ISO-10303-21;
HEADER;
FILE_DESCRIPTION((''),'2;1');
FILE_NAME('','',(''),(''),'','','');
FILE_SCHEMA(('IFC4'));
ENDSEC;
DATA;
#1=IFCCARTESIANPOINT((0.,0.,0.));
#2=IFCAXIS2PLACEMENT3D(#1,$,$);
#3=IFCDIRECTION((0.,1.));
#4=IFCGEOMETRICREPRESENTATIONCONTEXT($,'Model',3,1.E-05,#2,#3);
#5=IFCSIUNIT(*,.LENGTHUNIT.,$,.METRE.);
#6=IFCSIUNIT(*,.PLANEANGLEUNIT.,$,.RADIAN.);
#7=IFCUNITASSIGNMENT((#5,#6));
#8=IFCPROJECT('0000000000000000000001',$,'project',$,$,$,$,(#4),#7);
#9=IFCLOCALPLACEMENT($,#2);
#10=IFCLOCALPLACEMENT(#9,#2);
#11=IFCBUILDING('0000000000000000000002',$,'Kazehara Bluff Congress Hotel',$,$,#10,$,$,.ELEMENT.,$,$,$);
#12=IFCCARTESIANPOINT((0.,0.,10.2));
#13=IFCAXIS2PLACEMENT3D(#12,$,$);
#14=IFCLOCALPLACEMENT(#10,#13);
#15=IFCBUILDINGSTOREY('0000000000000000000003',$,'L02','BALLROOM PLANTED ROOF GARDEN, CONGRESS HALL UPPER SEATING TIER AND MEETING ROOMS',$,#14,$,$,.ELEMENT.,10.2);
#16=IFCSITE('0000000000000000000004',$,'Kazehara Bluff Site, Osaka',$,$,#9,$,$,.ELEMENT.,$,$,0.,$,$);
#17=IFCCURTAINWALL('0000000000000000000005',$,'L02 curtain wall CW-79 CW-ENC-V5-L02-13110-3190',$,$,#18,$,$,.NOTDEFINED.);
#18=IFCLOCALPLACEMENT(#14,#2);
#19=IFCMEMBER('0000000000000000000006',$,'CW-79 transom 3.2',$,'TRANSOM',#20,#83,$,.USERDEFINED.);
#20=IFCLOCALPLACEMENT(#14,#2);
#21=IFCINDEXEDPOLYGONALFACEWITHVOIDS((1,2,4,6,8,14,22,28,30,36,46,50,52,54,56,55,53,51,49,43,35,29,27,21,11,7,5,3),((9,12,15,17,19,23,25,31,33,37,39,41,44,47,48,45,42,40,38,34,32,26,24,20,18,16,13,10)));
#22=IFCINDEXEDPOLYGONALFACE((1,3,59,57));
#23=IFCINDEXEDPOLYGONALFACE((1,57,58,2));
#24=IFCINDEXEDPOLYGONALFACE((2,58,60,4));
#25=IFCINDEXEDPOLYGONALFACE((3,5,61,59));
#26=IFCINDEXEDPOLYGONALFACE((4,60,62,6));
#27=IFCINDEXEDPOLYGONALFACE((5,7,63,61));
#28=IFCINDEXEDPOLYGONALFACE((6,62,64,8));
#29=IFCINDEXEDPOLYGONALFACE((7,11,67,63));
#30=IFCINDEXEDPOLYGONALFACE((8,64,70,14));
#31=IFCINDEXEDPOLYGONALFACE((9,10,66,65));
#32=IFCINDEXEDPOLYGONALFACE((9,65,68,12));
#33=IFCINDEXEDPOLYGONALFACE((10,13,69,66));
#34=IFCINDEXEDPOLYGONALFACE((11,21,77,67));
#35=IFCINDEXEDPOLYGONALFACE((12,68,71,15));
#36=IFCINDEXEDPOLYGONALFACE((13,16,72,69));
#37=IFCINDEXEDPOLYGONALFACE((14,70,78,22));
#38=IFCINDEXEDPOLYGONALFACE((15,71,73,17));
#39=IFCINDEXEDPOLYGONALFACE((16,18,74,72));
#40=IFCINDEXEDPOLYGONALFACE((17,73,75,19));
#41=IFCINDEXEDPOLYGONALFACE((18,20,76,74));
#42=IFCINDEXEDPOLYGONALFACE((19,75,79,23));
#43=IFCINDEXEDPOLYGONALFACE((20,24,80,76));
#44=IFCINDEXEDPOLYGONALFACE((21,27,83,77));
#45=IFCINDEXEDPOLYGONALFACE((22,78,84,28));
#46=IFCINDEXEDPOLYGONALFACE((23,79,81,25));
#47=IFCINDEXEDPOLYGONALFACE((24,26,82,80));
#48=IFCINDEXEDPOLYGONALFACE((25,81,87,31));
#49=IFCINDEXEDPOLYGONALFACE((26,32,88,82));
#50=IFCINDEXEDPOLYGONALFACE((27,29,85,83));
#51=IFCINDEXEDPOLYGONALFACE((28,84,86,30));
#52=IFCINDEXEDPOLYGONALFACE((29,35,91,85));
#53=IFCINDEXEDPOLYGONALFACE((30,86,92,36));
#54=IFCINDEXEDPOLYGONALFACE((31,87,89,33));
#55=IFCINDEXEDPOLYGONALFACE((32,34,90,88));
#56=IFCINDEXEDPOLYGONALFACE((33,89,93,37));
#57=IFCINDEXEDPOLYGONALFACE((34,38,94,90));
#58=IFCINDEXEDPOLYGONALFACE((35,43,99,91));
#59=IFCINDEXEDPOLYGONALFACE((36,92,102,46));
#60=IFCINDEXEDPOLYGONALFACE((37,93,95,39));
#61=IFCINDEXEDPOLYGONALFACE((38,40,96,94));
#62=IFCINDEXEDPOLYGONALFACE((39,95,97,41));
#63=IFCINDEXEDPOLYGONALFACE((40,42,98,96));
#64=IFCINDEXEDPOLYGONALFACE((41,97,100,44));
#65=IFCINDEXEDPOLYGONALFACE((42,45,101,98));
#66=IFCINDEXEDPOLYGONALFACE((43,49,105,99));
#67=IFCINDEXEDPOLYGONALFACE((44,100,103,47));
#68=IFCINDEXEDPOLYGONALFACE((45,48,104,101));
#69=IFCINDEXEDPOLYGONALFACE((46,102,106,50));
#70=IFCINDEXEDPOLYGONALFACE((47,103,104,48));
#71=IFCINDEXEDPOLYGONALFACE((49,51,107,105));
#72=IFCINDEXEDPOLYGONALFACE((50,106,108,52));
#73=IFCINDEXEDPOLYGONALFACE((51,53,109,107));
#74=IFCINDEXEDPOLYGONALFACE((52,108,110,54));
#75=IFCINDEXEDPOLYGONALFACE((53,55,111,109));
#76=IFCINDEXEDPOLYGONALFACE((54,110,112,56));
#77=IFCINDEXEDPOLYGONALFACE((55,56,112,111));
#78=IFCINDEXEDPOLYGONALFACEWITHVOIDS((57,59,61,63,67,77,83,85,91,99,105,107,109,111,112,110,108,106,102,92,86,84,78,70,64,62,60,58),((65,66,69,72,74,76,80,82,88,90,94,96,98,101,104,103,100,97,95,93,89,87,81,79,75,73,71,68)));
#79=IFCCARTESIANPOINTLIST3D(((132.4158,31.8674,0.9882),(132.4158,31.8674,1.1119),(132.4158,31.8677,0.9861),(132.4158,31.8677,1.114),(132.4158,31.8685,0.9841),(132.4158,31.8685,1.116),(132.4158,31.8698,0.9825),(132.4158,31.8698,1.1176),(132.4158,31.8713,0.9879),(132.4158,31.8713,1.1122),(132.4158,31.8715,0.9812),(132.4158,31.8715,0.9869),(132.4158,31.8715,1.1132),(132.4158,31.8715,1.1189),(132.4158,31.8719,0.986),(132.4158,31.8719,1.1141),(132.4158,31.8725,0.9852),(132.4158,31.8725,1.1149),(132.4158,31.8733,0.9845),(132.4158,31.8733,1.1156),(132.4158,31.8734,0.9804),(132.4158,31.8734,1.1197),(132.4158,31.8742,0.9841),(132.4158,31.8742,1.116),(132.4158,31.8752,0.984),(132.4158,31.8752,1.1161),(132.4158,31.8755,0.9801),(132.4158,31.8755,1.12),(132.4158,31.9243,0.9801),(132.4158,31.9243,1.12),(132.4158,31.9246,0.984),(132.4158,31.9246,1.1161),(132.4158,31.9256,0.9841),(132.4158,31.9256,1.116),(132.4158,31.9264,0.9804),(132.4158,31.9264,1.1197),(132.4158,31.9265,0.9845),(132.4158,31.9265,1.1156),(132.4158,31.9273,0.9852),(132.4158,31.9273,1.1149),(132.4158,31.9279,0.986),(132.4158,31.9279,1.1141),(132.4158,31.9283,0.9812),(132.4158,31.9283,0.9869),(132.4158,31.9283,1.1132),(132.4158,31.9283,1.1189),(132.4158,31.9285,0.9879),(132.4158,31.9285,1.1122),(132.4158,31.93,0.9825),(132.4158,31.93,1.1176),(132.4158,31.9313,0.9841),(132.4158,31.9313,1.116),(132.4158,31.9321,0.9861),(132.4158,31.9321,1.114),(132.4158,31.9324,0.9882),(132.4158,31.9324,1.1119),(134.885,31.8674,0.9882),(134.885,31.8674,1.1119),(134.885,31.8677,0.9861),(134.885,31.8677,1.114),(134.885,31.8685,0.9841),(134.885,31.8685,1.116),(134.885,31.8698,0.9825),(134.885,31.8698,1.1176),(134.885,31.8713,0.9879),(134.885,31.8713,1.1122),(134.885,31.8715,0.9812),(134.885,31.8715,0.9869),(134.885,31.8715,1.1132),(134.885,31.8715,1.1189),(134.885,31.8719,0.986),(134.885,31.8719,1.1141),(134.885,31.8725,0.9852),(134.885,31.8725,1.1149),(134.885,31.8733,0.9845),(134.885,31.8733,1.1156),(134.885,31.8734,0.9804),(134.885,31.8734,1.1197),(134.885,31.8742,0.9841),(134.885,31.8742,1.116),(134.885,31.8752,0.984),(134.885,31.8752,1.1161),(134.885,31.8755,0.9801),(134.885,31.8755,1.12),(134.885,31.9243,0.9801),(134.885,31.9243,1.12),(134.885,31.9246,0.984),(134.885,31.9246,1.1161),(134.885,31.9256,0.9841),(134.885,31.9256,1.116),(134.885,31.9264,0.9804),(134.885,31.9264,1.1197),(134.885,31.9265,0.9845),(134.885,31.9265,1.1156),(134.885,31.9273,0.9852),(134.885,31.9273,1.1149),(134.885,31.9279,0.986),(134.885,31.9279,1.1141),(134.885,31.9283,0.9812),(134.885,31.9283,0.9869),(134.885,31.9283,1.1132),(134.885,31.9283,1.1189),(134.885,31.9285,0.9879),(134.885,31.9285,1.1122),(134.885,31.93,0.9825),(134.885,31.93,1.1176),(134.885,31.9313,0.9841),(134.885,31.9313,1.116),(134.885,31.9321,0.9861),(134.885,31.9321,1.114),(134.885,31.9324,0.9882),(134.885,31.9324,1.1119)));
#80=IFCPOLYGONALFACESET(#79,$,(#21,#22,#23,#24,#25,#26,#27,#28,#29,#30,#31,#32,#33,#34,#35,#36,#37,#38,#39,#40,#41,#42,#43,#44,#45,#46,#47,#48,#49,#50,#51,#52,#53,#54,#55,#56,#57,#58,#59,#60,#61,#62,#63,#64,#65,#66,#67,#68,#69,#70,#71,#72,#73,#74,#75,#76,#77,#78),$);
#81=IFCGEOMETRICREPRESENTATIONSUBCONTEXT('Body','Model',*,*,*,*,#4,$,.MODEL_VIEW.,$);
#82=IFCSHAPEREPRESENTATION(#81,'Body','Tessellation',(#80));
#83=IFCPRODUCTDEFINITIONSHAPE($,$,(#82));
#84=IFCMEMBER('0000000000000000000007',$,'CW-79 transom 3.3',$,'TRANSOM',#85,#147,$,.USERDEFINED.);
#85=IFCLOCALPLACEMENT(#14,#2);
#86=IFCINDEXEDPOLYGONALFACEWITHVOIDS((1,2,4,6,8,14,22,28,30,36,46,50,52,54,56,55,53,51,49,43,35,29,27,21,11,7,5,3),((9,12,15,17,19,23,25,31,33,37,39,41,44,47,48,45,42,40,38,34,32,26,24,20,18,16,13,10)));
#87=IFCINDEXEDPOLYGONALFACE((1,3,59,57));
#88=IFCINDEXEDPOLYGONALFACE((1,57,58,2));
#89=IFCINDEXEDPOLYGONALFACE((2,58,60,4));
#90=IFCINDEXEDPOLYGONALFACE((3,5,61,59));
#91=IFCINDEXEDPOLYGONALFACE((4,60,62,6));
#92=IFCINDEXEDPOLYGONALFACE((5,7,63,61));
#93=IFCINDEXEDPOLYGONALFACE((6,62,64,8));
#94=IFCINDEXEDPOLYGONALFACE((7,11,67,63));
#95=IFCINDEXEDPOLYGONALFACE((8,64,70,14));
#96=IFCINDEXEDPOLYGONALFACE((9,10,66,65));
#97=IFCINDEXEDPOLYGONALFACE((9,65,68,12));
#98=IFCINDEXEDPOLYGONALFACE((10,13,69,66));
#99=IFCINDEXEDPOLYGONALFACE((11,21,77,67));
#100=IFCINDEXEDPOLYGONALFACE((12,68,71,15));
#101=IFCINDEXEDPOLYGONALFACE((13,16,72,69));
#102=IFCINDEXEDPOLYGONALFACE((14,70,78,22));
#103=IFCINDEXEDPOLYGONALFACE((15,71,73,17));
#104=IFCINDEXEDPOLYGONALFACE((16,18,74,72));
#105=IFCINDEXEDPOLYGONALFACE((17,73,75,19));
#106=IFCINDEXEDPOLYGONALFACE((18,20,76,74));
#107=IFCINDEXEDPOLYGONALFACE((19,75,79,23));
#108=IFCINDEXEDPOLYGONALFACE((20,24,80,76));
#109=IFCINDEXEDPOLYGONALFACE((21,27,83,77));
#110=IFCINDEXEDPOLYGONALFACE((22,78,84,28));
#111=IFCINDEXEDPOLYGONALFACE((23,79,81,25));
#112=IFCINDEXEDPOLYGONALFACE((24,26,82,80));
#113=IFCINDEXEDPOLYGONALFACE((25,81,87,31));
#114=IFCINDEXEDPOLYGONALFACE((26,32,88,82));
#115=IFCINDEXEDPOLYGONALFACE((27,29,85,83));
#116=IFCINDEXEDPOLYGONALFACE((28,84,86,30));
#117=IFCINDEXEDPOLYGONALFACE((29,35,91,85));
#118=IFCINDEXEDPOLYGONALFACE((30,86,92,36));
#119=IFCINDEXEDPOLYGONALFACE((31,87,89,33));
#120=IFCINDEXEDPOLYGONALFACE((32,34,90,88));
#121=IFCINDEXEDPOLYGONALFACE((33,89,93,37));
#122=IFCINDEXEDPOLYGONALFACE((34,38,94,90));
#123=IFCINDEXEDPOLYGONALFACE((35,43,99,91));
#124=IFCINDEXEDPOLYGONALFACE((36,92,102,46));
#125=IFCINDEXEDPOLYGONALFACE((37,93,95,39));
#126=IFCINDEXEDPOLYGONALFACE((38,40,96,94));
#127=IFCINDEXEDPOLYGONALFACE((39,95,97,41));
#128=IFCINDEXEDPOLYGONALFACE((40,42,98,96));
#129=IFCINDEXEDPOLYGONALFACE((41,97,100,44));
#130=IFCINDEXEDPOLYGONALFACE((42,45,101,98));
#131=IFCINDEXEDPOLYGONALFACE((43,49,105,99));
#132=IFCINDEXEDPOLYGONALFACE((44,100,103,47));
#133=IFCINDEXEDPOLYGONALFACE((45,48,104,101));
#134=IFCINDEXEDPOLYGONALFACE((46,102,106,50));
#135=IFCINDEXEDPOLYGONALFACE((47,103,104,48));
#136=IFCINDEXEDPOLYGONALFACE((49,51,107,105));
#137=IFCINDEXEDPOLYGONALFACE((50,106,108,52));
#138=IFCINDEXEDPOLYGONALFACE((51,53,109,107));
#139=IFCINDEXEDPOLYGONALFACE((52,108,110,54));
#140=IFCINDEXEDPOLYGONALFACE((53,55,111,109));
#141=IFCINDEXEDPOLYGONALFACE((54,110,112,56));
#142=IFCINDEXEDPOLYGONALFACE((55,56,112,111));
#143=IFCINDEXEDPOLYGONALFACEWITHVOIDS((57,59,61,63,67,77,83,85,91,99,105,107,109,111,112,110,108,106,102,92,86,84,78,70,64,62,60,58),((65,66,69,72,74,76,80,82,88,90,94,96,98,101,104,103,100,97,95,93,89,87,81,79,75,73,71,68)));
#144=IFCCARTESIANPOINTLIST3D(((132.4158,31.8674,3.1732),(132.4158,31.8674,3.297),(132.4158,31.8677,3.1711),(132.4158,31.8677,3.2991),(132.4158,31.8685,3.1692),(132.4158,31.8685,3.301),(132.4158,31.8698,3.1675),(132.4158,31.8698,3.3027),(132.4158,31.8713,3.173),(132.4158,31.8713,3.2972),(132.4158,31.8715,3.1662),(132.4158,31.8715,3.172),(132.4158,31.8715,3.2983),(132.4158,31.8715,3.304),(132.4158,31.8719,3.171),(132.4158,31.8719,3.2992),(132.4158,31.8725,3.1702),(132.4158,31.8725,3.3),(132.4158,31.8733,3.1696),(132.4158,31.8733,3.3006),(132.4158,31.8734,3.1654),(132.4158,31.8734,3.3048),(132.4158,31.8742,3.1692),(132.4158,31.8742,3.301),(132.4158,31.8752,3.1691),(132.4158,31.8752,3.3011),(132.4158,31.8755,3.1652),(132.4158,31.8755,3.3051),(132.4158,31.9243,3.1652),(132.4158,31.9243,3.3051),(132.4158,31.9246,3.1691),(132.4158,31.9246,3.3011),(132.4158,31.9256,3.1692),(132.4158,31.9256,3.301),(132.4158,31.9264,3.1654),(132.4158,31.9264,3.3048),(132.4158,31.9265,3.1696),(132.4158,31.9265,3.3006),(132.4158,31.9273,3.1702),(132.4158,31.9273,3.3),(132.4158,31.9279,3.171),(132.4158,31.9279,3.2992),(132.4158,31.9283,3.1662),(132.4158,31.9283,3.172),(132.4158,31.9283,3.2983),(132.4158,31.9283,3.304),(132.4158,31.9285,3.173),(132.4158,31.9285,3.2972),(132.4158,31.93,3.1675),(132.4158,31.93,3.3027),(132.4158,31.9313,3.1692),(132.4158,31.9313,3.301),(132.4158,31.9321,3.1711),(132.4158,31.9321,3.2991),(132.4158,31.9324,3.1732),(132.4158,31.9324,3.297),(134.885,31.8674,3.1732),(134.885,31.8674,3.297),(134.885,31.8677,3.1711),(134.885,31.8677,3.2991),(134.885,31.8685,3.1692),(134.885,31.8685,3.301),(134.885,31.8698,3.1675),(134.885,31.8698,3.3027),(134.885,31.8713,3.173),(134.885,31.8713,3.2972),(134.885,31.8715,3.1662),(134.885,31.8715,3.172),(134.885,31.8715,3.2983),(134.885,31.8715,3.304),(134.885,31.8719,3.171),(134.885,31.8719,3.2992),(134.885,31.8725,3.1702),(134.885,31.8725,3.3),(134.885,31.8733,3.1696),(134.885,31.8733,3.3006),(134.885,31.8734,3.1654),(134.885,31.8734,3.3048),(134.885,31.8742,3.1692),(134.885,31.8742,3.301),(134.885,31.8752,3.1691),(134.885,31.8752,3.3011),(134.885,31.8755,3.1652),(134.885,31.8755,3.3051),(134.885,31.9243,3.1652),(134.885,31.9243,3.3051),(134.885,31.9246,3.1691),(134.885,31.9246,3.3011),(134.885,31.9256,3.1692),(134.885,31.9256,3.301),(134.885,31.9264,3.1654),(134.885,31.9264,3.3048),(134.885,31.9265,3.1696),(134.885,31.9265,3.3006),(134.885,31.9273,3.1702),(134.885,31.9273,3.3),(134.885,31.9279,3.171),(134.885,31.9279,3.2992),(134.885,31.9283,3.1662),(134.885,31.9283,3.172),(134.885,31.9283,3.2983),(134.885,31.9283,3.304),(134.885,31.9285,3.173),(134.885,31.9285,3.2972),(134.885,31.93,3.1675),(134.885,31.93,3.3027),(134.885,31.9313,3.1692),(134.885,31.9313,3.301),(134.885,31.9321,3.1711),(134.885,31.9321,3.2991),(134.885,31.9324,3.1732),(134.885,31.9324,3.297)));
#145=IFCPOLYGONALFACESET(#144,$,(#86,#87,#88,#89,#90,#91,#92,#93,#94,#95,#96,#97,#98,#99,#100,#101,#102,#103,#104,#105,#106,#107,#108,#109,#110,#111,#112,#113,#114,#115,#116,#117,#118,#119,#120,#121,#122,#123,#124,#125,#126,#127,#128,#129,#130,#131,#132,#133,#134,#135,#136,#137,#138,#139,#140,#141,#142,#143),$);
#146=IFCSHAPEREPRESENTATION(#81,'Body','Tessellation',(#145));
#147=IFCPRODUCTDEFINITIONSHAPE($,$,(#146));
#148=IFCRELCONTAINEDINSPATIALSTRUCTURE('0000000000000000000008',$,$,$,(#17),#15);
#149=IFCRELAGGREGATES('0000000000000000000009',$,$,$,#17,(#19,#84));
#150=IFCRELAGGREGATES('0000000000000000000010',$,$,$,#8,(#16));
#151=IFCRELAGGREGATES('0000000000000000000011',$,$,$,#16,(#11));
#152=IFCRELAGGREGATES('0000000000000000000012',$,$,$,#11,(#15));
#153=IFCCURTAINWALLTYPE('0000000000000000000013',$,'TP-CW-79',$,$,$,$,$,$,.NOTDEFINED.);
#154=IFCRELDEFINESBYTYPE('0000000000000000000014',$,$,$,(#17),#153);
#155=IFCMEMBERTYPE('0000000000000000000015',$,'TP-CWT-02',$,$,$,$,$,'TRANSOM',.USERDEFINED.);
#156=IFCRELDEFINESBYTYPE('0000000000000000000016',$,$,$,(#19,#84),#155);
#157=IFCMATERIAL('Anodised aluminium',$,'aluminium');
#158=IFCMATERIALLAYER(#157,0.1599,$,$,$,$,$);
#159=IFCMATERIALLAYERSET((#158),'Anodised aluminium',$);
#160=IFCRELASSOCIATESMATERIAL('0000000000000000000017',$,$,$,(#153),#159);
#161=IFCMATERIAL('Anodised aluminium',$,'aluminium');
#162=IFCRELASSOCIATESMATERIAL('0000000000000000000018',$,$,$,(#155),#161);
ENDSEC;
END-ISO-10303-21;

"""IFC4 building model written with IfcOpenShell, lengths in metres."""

from ifc_helpers import new_model, si_unit, direction, frame, origin, origin_2d, place, context, subcontext, project, spatial, hollow_rectangle, extrude, material, layer, layer_set, material_profile, profile_set, type_object, element, aggregate, save


model = new_model("IFC4")

# Units and contexts
model_context = context("Model", 3, precision=1e-05, world=origin(), true_north=direction((0.0, 1.0)))
body_context = subcontext(model_context, "Body", "Model", "MODEL_VIEW")
ifc_project = project(units=[si_unit("LENGTHUNIT", "METRE"), si_unit("PLANEANGLEUNIT", "RADIAN")], contexts=[model_context])

# Site, building, storey
site_placement = place(None, origin())
site = spatial("IfcSite", under=ifc_project, at=site_placement, Name="Kazehara Bluff Site, Osaka", CompositionType="ELEMENT", RefElevation=0.0)
building_placement = place(site_placement, origin())
building = spatial("IfcBuilding", under=site, at=building_placement, Name="Kazehara Bluff Congress Hotel", CompositionType="ELEMENT")
storey_placement = place(building_placement, frame((0.0, 0.0, 10.2)))
storey = spatial("IfcBuildingStorey", under=building, at=storey_placement, Name="L02", Description="BALLROOM PLANTED ROOF GARDEN, CONGRESS HALL UPPER SEATING TIER AND MEETING ROOMS", CompositionType="ELEMENT", Elevation=10.2)

# Curtain wall
ifc_material_1 = material(Name="Anodised aluminium", Category="aluminium")
ifc_layer_1 = layer(ifc_material_1, 0.1599)
ifc_layer_set_1 = layer_set([ifc_layer_1], Name="Anodised aluminium")
curtain_wall_type_1 = type_object("IfcCurtainWallType", Name="TP-CW-79", PredefinedType="NOTDEFINED", material=ifc_layer_set_1)
curtain_wall_1_placement = place(storey_placement, origin())
curtain_wall_1 = element("IfcCurtainWall", 1, at=curtain_wall_1_placement, inside=storey, type_object=curtain_wall_type_1, Name="L02 curtain wall CW-79 CW-ENC-V5-L02-13110-3190", PredefinedType="NOTDEFINED")

# Members
ifc_material_2 = material(Name="Anodised aluminium", Category="aluminium")
ifc_material_profile_1 = material_profile(ifc_material_2, hollow_rectangle(XDim=0.0649, YDim=0.1399, WallThickness=0.0039, InnerFilletRadius=0.0039, OuterFilletRadius=0.0081, at=origin_2d()))
ifc_profile_set_1 = profile_set([ifc_material_profile_1], Name="Anodised aluminium")
member_type_1 = type_object("IfcMemberType", Name="TP-CWT-02", ElementType="TRANSOM", PredefinedType="USERDEFINED", material=ifc_profile_set_1)
member_1_placement = place(storey_placement, frame((132.4158, 31.8999, 1.05), z_axis=(1.0, 0.0, 0.0), x_axis=(0.0, 1.0, 0.0)))
member_1 = element("IfcMember", 2, at=member_1_placement, type_object=member_type_1, Name="CW-79 transom 3.2", ObjectType="TRANSOM", PredefinedType="USERDEFINED", context=body_context, shape_type="SweptSolid", body=[
    extrude(hollow_rectangle(XDim=0.0649, YDim=0.1399, WallThickness=0.0039, InnerFilletRadius=0.0039, OuterFilletRadius=0.0081, at=origin_2d()), origin(), (0.0, 0.0, 1.0), 2.4692),
])
member_2_placement = place(storey_placement, frame((132.4158, 31.8999, 3.2351), z_axis=(1.0, 0.0, 0.0), x_axis=(0.0, 1.0, 0.0)))
member_2 = element("IfcMember", 3, at=member_2_placement, type_object=member_type_1, Name="CW-79 transom 3.3", ObjectType="TRANSOM", PredefinedType="USERDEFINED", context=body_context, shape_type="SweptSolid", body=[
    extrude(hollow_rectangle(XDim=0.0649, YDim=0.1399, WallThickness=0.0039, InnerFilletRadius=0.0039, OuterFilletRadius=0.0081, at=origin_2d()), origin(), (0.0, 0.0, 1.0), 2.4692),
])

aggregate(curtain_wall_1, [member_1, member_2])

save(model, "model.ifc")
